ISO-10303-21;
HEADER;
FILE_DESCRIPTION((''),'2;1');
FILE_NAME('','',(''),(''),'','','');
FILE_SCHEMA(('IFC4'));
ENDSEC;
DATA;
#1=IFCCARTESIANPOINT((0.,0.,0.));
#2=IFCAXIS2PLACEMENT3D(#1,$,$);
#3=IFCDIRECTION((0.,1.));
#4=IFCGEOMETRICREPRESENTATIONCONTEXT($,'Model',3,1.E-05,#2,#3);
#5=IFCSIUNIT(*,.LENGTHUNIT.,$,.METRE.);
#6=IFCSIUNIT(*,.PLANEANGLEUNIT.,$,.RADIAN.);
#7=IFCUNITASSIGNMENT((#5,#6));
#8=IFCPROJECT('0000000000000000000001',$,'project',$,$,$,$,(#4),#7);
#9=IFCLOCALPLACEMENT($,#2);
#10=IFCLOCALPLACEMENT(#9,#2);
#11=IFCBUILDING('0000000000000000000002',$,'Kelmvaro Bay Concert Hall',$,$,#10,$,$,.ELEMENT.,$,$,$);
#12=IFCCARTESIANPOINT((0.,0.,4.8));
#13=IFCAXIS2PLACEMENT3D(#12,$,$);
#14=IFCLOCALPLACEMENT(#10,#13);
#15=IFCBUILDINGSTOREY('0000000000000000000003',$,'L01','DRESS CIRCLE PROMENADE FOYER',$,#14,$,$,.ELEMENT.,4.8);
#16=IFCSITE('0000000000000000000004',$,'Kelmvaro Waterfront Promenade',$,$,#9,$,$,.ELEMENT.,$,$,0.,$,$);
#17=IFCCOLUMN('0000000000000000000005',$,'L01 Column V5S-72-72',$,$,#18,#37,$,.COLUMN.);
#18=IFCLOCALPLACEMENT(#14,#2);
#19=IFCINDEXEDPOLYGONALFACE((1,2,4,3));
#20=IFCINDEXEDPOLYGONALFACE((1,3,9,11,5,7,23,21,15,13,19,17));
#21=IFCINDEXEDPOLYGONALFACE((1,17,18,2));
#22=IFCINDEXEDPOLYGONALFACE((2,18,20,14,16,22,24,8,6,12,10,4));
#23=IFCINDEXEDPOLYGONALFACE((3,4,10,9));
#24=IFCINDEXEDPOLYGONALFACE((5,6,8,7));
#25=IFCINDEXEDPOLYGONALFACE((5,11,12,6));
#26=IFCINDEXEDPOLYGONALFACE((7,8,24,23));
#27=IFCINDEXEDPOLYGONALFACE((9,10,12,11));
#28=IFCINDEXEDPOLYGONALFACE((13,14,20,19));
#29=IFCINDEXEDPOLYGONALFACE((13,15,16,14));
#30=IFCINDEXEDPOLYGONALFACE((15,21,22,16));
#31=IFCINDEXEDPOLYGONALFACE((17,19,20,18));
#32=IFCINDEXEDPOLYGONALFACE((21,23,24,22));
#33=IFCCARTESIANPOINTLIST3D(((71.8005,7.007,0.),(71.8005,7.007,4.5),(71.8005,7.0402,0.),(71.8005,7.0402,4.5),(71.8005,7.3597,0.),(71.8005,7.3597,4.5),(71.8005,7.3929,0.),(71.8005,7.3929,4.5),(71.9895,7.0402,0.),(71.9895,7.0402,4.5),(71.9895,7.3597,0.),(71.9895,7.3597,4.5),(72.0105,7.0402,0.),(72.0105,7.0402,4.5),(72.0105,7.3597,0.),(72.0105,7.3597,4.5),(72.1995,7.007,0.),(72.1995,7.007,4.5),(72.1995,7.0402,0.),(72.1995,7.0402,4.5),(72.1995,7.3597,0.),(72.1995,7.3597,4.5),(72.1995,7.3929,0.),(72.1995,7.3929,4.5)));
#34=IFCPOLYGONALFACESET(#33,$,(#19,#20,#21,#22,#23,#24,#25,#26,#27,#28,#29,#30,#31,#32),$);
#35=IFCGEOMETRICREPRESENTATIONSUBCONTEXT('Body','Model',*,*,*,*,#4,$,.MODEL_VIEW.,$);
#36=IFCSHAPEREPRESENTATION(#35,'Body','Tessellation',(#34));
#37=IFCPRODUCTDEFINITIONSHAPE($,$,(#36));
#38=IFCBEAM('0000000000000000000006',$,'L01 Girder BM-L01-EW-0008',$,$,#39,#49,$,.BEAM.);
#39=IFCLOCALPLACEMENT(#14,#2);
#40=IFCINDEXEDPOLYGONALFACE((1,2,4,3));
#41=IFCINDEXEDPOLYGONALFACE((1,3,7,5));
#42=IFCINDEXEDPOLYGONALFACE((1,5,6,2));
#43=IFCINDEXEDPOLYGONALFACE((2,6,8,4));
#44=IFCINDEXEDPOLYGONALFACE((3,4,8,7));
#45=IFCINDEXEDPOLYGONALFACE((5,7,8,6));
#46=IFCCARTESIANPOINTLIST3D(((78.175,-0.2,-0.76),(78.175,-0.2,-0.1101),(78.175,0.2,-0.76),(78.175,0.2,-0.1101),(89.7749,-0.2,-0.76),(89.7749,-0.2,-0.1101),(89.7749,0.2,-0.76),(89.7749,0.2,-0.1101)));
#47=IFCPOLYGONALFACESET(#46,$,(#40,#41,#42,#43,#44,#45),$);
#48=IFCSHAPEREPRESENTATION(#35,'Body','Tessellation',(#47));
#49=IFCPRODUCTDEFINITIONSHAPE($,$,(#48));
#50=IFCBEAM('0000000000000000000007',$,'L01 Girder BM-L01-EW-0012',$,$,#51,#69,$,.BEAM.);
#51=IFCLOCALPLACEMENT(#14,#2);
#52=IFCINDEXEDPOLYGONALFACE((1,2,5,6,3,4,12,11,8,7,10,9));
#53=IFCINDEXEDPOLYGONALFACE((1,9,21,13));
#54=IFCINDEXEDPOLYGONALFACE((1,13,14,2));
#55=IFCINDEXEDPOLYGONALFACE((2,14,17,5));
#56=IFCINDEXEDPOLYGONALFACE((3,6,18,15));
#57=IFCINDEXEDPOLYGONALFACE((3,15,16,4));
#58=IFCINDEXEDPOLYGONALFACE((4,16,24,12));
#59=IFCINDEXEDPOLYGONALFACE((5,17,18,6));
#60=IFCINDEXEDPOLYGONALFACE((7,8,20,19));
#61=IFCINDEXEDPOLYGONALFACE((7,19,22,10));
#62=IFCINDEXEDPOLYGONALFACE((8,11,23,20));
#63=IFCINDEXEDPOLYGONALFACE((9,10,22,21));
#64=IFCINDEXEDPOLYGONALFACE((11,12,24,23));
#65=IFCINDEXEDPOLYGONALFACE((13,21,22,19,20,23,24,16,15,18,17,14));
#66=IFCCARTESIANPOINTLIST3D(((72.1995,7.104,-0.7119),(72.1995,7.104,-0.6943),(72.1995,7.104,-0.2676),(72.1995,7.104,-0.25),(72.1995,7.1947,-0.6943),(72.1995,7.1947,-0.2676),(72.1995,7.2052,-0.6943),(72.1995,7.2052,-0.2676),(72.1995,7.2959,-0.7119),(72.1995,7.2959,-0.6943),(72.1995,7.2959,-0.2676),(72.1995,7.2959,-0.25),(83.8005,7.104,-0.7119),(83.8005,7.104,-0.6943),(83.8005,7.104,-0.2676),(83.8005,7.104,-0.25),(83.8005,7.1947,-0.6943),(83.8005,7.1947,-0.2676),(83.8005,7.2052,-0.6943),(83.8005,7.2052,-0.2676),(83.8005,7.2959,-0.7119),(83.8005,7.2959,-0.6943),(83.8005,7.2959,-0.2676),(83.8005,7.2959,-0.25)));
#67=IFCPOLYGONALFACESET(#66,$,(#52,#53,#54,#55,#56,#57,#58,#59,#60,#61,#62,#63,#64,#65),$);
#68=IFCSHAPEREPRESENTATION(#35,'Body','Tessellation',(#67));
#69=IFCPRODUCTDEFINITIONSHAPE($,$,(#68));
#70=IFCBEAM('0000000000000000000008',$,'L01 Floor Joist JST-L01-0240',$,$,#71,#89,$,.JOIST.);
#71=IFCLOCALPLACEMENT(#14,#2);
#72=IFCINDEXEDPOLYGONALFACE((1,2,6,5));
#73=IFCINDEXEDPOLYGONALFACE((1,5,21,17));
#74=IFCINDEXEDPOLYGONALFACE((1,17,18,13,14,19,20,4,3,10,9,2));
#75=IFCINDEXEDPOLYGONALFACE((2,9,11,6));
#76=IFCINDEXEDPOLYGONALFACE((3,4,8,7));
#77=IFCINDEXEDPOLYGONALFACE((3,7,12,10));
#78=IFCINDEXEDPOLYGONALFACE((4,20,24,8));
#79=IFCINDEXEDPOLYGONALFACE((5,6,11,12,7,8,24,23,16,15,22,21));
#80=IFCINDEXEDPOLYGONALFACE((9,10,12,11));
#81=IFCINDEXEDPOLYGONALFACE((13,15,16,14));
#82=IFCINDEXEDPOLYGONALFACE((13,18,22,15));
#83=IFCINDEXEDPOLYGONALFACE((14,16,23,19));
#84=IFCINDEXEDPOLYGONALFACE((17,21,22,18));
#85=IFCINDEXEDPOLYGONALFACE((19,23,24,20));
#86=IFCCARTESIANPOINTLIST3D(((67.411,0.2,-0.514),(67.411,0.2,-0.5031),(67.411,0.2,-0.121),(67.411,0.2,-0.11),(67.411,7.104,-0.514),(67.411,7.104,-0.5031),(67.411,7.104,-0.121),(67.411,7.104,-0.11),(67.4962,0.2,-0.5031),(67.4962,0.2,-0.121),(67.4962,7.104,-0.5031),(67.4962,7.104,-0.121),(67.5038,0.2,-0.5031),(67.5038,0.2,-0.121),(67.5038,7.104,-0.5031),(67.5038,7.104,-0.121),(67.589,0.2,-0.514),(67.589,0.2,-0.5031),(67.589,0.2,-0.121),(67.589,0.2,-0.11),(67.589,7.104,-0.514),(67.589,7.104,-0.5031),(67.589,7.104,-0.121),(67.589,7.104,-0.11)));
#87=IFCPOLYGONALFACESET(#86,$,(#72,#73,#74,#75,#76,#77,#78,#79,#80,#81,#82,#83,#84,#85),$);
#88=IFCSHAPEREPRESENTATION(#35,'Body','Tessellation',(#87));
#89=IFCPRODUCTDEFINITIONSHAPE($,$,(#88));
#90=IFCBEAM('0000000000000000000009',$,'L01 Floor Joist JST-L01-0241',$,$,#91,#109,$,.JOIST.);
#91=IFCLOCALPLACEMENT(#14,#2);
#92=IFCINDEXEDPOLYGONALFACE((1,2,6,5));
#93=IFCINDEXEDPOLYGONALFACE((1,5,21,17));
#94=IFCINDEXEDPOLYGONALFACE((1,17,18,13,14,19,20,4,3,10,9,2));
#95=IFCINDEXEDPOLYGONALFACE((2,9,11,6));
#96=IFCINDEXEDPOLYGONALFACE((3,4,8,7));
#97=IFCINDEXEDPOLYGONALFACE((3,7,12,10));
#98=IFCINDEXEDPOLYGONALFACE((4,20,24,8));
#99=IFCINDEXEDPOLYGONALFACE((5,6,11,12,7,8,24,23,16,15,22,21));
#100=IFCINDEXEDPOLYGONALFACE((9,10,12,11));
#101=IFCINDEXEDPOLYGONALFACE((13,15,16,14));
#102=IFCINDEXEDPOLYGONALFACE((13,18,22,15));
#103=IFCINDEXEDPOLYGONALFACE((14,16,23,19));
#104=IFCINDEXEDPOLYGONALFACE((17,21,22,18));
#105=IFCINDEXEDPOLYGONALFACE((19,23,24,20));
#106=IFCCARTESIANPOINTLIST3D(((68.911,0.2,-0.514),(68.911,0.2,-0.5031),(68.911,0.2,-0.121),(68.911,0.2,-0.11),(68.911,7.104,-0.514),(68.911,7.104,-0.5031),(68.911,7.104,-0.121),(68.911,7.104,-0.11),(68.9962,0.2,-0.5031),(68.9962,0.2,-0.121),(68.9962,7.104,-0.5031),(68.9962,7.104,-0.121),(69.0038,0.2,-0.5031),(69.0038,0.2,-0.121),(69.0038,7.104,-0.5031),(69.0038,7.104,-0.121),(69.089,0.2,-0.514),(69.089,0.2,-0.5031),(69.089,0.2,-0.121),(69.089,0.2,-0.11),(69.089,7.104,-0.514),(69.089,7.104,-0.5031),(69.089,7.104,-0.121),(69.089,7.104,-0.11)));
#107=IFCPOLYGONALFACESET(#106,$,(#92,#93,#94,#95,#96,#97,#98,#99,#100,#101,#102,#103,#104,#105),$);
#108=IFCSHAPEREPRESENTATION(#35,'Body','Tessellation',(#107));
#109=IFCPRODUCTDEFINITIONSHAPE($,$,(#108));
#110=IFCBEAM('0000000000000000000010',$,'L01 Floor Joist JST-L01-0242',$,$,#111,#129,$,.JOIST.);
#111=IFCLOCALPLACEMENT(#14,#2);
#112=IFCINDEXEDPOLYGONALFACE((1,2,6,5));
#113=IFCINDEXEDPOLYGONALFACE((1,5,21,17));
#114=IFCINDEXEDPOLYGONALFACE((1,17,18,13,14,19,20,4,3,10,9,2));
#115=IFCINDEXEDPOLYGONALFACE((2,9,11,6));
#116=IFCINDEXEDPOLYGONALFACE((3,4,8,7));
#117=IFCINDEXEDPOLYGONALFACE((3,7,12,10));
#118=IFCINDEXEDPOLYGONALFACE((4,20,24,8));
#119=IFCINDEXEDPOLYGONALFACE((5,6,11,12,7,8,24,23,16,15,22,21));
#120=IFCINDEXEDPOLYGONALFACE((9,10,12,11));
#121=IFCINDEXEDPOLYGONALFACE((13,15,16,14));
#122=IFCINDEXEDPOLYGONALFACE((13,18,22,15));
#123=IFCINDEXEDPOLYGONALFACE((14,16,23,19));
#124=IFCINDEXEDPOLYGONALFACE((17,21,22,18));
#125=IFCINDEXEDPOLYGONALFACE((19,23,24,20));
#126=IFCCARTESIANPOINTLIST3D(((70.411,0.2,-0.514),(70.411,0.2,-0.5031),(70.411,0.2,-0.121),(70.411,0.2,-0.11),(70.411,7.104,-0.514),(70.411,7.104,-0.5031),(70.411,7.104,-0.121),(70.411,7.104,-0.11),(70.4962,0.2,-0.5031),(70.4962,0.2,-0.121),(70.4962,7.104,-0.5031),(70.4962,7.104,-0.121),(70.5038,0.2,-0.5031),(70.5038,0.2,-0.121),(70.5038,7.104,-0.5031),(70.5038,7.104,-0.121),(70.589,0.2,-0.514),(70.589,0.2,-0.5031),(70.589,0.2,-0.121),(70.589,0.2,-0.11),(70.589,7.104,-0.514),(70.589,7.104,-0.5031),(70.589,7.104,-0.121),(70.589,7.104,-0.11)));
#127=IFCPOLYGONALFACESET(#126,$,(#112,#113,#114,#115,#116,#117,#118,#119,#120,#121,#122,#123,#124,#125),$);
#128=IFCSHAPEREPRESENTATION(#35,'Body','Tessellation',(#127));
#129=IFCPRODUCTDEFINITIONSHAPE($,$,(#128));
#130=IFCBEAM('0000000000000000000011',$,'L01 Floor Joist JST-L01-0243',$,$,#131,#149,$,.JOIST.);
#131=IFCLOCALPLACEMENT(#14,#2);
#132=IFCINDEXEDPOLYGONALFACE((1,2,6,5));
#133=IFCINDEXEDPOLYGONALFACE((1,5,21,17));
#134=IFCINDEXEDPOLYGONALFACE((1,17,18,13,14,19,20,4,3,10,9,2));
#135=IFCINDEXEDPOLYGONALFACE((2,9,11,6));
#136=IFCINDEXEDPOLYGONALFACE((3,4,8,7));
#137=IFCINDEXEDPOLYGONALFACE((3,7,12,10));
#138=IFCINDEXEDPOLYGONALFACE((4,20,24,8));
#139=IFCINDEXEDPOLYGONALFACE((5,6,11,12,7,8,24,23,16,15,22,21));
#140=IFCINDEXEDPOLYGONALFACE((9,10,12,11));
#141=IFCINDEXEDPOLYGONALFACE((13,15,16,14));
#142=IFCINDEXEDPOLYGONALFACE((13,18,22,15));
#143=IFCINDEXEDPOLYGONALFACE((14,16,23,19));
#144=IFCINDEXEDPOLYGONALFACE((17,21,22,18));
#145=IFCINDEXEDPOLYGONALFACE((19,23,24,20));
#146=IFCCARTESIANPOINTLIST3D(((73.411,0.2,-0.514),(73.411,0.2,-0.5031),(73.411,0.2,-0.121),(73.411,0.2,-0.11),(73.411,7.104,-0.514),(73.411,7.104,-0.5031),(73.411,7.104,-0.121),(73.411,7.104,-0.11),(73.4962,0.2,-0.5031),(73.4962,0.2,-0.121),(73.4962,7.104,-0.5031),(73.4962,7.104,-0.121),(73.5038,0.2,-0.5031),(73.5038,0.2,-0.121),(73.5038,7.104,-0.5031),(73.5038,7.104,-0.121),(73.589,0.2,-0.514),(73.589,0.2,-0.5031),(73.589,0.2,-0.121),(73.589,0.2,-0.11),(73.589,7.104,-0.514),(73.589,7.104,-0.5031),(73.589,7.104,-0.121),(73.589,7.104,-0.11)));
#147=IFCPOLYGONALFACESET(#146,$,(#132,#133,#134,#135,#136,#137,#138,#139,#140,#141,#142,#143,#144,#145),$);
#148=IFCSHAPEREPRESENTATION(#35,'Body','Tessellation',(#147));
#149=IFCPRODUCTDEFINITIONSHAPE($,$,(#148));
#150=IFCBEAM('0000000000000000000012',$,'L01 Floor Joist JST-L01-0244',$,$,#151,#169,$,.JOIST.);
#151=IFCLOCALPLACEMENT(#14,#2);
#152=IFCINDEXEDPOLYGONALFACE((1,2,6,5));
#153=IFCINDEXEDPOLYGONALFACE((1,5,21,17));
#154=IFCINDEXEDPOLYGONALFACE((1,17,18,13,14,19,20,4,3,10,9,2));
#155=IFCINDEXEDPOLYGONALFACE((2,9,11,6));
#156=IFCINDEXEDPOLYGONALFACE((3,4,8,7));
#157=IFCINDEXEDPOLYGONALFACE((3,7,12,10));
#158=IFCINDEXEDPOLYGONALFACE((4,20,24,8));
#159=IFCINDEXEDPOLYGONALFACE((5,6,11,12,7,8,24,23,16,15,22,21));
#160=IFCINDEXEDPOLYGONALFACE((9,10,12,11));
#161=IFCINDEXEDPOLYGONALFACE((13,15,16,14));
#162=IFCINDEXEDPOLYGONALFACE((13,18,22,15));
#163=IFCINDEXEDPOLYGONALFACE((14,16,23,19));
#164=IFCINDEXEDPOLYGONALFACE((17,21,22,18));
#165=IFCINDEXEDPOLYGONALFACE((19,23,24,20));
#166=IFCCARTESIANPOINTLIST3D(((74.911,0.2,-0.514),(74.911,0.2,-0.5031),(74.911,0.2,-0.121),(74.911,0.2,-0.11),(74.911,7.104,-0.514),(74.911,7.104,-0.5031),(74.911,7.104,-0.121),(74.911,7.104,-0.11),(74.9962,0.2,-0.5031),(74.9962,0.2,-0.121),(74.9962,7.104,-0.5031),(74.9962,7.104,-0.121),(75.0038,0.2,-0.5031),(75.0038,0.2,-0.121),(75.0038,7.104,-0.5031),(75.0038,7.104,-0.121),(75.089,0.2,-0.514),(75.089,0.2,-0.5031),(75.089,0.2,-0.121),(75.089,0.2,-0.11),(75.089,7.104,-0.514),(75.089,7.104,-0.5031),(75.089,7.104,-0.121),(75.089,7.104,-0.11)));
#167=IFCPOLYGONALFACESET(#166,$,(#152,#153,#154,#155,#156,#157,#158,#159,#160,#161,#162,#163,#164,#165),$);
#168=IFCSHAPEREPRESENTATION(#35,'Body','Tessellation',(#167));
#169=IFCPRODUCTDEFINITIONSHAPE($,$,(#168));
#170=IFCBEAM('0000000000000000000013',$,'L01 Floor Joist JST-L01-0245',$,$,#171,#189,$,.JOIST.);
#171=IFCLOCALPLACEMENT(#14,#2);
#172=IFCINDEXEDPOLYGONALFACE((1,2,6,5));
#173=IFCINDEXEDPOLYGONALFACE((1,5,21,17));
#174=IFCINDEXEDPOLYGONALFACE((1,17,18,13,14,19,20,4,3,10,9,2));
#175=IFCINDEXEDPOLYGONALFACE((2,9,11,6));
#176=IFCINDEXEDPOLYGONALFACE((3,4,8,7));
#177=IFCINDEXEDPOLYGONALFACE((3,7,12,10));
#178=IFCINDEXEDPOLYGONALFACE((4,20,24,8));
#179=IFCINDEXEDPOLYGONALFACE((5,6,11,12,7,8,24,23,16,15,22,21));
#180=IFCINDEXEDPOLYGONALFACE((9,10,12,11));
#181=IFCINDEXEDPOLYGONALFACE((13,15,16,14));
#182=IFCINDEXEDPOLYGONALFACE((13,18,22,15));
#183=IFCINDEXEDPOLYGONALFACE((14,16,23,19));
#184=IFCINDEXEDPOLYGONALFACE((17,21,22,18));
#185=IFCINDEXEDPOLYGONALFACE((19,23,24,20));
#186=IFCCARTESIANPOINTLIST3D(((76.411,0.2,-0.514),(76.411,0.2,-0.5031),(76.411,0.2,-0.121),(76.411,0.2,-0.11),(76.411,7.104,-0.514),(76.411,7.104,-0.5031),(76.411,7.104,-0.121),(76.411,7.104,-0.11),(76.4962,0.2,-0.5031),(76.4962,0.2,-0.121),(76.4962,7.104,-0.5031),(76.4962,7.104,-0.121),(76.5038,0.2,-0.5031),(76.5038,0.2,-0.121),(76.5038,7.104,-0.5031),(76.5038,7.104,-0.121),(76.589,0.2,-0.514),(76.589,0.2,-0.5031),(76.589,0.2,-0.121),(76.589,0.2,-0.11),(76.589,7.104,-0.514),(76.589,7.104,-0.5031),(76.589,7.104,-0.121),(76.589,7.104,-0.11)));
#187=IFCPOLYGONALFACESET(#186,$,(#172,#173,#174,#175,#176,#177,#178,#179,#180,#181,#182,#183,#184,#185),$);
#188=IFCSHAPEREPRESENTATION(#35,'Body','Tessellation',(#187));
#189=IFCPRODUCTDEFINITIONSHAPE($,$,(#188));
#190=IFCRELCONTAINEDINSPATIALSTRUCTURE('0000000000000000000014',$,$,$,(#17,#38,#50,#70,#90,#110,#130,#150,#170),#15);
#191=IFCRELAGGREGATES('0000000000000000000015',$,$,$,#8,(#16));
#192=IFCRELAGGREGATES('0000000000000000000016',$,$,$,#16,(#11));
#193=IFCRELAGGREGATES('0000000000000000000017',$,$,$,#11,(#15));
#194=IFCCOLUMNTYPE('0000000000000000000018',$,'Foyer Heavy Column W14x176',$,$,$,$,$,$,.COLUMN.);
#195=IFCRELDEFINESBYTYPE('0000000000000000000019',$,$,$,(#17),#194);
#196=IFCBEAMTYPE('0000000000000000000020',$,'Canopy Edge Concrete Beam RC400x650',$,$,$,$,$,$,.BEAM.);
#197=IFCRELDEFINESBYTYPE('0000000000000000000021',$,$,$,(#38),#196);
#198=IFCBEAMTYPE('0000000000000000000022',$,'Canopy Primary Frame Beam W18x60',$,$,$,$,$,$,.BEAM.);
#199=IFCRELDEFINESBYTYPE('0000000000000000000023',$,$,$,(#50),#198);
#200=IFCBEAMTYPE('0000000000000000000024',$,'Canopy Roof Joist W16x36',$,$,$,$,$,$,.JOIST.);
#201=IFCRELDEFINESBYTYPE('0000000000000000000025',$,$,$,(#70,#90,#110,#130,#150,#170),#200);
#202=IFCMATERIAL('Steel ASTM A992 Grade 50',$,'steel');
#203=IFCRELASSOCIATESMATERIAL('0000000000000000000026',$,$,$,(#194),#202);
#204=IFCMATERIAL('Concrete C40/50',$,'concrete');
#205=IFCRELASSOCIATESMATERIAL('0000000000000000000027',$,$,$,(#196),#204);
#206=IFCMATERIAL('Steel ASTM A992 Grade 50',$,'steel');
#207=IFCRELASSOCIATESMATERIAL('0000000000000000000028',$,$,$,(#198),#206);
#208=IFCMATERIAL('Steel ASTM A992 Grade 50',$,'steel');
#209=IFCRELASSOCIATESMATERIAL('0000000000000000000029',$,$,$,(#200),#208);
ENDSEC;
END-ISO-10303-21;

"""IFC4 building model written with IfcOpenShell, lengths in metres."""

from ifc_helpers import new_model, si_unit, direction, frame, origin, origin_2d, place, context, subcontext, project, spatial, rectangle, i_section, extrude, material, material_profile, profile_set, type_object, element, save


model = new_model("IFC4")

# Units and contexts
model_context = context("Model", 3, precision=1e-05, world=origin(), true_north=direction((0.0, 1.0)))
body_context = subcontext(model_context, "Body", "Model", "MODEL_VIEW")
ifc_project = project(units=[si_unit("LENGTHUNIT", "METRE"), si_unit("PLANEANGLEUNIT", "RADIAN")], contexts=[model_context])

# Site, building, storey
site_placement = place(None, origin())
site = spatial("IfcSite", under=ifc_project, at=site_placement, Name="Kelmvaro Waterfront Promenade", CompositionType="ELEMENT", RefElevation=0.0)
building_placement = place(site_placement, origin())
building = spatial("IfcBuilding", under=site, at=building_placement, Name="Kelmvaro Bay Concert Hall", CompositionType="ELEMENT")
storey_placement = place(building_placement, frame((0.0, 0.0, 4.8)))
storey = spatial("IfcBuildingStorey", under=building, at=storey_placement, Name="L01", Description="DRESS CIRCLE PROMENADE FOYER", CompositionType="ELEMENT", Elevation=4.8)

# Column
ifc_material_1 = material(Name="Steel ASTM A992 Grade 50", Category="steel")
ifc_material_profile_1 = material_profile(ifc_material_1, i_section(OverallWidth=0.3989, OverallDepth=0.386, WebThickness=0.021, FlangeThickness=0.0332, at=origin_2d()), Name="W14X176")
ifc_profile_set_1 = profile_set([ifc_material_profile_1], Name="Steel ASTM A992 Grade 50")
column_type = type_object("IfcColumnType", Name="Foyer Heavy Column W14x176", PredefinedType="COLUMN", material=ifc_profile_set_1)
column_placement = place(storey_placement, frame((72.0, 7.2, 0.0), z_axis=(0.0, 0.0, 1.0), x_axis=(1.0, 0.0, 0.0)))
element("IfcColumn", 1, at=column_placement, inside=storey, type_object=column_type, Name="L01 Column V5S-72-72", PredefinedType="COLUMN", context=body_context, shape_type="SweptSolid", body=[
    extrude(i_section(OverallWidth=0.3989, OverallDepth=0.386, WebThickness=0.021, FlangeThickness=0.0332, at=origin_2d()), origin(), (0.0, 0.0, 1.0), 4.5),
])

# Beams
ifc_material_2 = material(Name="Concrete C40/50", Category="concrete")
ifc_material_profile_2 = material_profile(ifc_material_2, rectangle(XDim=0.3999, YDim=0.6499, at=origin_2d()), Name="RC-BM-400X650")
ifc_profile_set_2 = profile_set([ifc_material_profile_2], Name="Concrete C40/50")
beam_type_1 = type_object("IfcBeamType", Name="Canopy Edge Concrete Beam RC400x650", PredefinedType="BEAM", material=ifc_profile_set_2)
beam_1_placement = place(storey_placement, frame((78.175, 0.0, -0.4351), z_axis=(1.0, 0.0, 0.0), x_axis=(0.0, 1.0, 0.0)))
element("IfcBeam", 2, at=beam_1_placement, inside=storey, type_object=beam_type_1, Name="L01 Girder BM-L01-EW-0008", PredefinedType="BEAM", context=body_context, shape_type="SweptSolid", body=[
    extrude(rectangle(XDim=0.3999, YDim=0.6499, at=origin_2d()), origin(), (0.0, 0.0, 1.0), 11.5999),
])
ifc_material_3 = material(Name="Steel ASTM A992 Grade 50", Category="steel")
ifc_material_profile_3 = material_profile(ifc_material_3, i_section(OverallWidth=0.1919, OverallDepth=0.4619, WebThickness=0.0105, FlangeThickness=0.0176, at=origin_2d()), Name="W18X60")
ifc_profile_set_3 = profile_set([ifc_material_profile_3], Name="Steel ASTM A992 Grade 50")
beam_type_2 = type_object("IfcBeamType", Name="Canopy Primary Frame Beam W18x60", PredefinedType="BEAM", material=ifc_profile_set_3)
beam_2_placement = place(storey_placement, frame((72.1995, 7.2, -0.481), z_axis=(1.0, 0.0, 0.0), x_axis=(0.0, 1.0, 0.0)))
element("IfcBeam", 3, at=beam_2_placement, inside=storey, type_object=beam_type_2, Name="L01 Girder BM-L01-EW-0012", PredefinedType="BEAM", context=body_context, shape_type="SweptSolid", body=[
    extrude(i_section(OverallWidth=0.1919, OverallDepth=0.4619, WebThickness=0.0105, FlangeThickness=0.0176, at=origin_2d()), origin(), (0.0, 0.0, 1.0), 11.6011),
])
ifc_material_4 = material(Name="Steel ASTM A992 Grade 50", Category="steel")
ifc_material_profile_4 = material_profile(ifc_material_4, i_section(OverallWidth=0.178, OverallDepth=0.4041, WebThickness=0.0076, FlangeThickness=0.011, at=origin_2d()), Name="W16X36")
ifc_profile_set_4 = profile_set([ifc_material_profile_4], Name="Steel ASTM A992 Grade 50")
beam_type_3 = type_object("IfcBeamType", Name="Canopy Roof Joist W16x36", PredefinedType="JOIST", material=ifc_profile_set_4)
for number, where, z_axis, x_axis, name in (
    (4, (67.5, 0.2, -0.312), (0.0, 1.0, 0.0), (-1.0, 0.0, 0.0), "L01 Floor Joist JST-L01-0240"),
    (5, (69.0, 0.2, -0.312), (0.0, 1.0, 0.0), (-1.0, 0.0, 0.0), "L01 Floor Joist JST-L01-0241"),
    (6, (70.5, 0.2, -0.312), (0.0, 1.0, 0.0), (-1.0, 0.0, 0.0), "L01 Floor Joist JST-L01-0242"),
    (7, (73.5, 0.2, -0.312), (0.0, 1.0, 0.0), (-1.0, 0.0, 0.0), "L01 Floor Joist JST-L01-0243"),
    (8, (75.0, 0.2, -0.312), (0.0, 1.0, 0.0), (-1.0, 0.0, 0.0), "L01 Floor Joist JST-L01-0244"),
    (9, (76.5, 0.2, -0.312), (0.0, 1.0, 0.0), (-1.0, 0.0, 0.0), "L01 Floor Joist JST-L01-0245"),
):
    element("IfcBeam", number, at=place(storey_placement, frame(where, z_axis=z_axis, x_axis=x_axis)), inside=storey, type_object=beam_type_3, Name=name, PredefinedType="JOIST", context=body_context, shape_type="SweptSolid", body=[
        extrude(i_section(OverallWidth=0.178, OverallDepth=0.4041, WebThickness=0.0076, FlangeThickness=0.011, at=origin_2d()), origin(), (0.0, 0.0, 1.0), 6.9041),
    ])

save(model, "model.ifc")
